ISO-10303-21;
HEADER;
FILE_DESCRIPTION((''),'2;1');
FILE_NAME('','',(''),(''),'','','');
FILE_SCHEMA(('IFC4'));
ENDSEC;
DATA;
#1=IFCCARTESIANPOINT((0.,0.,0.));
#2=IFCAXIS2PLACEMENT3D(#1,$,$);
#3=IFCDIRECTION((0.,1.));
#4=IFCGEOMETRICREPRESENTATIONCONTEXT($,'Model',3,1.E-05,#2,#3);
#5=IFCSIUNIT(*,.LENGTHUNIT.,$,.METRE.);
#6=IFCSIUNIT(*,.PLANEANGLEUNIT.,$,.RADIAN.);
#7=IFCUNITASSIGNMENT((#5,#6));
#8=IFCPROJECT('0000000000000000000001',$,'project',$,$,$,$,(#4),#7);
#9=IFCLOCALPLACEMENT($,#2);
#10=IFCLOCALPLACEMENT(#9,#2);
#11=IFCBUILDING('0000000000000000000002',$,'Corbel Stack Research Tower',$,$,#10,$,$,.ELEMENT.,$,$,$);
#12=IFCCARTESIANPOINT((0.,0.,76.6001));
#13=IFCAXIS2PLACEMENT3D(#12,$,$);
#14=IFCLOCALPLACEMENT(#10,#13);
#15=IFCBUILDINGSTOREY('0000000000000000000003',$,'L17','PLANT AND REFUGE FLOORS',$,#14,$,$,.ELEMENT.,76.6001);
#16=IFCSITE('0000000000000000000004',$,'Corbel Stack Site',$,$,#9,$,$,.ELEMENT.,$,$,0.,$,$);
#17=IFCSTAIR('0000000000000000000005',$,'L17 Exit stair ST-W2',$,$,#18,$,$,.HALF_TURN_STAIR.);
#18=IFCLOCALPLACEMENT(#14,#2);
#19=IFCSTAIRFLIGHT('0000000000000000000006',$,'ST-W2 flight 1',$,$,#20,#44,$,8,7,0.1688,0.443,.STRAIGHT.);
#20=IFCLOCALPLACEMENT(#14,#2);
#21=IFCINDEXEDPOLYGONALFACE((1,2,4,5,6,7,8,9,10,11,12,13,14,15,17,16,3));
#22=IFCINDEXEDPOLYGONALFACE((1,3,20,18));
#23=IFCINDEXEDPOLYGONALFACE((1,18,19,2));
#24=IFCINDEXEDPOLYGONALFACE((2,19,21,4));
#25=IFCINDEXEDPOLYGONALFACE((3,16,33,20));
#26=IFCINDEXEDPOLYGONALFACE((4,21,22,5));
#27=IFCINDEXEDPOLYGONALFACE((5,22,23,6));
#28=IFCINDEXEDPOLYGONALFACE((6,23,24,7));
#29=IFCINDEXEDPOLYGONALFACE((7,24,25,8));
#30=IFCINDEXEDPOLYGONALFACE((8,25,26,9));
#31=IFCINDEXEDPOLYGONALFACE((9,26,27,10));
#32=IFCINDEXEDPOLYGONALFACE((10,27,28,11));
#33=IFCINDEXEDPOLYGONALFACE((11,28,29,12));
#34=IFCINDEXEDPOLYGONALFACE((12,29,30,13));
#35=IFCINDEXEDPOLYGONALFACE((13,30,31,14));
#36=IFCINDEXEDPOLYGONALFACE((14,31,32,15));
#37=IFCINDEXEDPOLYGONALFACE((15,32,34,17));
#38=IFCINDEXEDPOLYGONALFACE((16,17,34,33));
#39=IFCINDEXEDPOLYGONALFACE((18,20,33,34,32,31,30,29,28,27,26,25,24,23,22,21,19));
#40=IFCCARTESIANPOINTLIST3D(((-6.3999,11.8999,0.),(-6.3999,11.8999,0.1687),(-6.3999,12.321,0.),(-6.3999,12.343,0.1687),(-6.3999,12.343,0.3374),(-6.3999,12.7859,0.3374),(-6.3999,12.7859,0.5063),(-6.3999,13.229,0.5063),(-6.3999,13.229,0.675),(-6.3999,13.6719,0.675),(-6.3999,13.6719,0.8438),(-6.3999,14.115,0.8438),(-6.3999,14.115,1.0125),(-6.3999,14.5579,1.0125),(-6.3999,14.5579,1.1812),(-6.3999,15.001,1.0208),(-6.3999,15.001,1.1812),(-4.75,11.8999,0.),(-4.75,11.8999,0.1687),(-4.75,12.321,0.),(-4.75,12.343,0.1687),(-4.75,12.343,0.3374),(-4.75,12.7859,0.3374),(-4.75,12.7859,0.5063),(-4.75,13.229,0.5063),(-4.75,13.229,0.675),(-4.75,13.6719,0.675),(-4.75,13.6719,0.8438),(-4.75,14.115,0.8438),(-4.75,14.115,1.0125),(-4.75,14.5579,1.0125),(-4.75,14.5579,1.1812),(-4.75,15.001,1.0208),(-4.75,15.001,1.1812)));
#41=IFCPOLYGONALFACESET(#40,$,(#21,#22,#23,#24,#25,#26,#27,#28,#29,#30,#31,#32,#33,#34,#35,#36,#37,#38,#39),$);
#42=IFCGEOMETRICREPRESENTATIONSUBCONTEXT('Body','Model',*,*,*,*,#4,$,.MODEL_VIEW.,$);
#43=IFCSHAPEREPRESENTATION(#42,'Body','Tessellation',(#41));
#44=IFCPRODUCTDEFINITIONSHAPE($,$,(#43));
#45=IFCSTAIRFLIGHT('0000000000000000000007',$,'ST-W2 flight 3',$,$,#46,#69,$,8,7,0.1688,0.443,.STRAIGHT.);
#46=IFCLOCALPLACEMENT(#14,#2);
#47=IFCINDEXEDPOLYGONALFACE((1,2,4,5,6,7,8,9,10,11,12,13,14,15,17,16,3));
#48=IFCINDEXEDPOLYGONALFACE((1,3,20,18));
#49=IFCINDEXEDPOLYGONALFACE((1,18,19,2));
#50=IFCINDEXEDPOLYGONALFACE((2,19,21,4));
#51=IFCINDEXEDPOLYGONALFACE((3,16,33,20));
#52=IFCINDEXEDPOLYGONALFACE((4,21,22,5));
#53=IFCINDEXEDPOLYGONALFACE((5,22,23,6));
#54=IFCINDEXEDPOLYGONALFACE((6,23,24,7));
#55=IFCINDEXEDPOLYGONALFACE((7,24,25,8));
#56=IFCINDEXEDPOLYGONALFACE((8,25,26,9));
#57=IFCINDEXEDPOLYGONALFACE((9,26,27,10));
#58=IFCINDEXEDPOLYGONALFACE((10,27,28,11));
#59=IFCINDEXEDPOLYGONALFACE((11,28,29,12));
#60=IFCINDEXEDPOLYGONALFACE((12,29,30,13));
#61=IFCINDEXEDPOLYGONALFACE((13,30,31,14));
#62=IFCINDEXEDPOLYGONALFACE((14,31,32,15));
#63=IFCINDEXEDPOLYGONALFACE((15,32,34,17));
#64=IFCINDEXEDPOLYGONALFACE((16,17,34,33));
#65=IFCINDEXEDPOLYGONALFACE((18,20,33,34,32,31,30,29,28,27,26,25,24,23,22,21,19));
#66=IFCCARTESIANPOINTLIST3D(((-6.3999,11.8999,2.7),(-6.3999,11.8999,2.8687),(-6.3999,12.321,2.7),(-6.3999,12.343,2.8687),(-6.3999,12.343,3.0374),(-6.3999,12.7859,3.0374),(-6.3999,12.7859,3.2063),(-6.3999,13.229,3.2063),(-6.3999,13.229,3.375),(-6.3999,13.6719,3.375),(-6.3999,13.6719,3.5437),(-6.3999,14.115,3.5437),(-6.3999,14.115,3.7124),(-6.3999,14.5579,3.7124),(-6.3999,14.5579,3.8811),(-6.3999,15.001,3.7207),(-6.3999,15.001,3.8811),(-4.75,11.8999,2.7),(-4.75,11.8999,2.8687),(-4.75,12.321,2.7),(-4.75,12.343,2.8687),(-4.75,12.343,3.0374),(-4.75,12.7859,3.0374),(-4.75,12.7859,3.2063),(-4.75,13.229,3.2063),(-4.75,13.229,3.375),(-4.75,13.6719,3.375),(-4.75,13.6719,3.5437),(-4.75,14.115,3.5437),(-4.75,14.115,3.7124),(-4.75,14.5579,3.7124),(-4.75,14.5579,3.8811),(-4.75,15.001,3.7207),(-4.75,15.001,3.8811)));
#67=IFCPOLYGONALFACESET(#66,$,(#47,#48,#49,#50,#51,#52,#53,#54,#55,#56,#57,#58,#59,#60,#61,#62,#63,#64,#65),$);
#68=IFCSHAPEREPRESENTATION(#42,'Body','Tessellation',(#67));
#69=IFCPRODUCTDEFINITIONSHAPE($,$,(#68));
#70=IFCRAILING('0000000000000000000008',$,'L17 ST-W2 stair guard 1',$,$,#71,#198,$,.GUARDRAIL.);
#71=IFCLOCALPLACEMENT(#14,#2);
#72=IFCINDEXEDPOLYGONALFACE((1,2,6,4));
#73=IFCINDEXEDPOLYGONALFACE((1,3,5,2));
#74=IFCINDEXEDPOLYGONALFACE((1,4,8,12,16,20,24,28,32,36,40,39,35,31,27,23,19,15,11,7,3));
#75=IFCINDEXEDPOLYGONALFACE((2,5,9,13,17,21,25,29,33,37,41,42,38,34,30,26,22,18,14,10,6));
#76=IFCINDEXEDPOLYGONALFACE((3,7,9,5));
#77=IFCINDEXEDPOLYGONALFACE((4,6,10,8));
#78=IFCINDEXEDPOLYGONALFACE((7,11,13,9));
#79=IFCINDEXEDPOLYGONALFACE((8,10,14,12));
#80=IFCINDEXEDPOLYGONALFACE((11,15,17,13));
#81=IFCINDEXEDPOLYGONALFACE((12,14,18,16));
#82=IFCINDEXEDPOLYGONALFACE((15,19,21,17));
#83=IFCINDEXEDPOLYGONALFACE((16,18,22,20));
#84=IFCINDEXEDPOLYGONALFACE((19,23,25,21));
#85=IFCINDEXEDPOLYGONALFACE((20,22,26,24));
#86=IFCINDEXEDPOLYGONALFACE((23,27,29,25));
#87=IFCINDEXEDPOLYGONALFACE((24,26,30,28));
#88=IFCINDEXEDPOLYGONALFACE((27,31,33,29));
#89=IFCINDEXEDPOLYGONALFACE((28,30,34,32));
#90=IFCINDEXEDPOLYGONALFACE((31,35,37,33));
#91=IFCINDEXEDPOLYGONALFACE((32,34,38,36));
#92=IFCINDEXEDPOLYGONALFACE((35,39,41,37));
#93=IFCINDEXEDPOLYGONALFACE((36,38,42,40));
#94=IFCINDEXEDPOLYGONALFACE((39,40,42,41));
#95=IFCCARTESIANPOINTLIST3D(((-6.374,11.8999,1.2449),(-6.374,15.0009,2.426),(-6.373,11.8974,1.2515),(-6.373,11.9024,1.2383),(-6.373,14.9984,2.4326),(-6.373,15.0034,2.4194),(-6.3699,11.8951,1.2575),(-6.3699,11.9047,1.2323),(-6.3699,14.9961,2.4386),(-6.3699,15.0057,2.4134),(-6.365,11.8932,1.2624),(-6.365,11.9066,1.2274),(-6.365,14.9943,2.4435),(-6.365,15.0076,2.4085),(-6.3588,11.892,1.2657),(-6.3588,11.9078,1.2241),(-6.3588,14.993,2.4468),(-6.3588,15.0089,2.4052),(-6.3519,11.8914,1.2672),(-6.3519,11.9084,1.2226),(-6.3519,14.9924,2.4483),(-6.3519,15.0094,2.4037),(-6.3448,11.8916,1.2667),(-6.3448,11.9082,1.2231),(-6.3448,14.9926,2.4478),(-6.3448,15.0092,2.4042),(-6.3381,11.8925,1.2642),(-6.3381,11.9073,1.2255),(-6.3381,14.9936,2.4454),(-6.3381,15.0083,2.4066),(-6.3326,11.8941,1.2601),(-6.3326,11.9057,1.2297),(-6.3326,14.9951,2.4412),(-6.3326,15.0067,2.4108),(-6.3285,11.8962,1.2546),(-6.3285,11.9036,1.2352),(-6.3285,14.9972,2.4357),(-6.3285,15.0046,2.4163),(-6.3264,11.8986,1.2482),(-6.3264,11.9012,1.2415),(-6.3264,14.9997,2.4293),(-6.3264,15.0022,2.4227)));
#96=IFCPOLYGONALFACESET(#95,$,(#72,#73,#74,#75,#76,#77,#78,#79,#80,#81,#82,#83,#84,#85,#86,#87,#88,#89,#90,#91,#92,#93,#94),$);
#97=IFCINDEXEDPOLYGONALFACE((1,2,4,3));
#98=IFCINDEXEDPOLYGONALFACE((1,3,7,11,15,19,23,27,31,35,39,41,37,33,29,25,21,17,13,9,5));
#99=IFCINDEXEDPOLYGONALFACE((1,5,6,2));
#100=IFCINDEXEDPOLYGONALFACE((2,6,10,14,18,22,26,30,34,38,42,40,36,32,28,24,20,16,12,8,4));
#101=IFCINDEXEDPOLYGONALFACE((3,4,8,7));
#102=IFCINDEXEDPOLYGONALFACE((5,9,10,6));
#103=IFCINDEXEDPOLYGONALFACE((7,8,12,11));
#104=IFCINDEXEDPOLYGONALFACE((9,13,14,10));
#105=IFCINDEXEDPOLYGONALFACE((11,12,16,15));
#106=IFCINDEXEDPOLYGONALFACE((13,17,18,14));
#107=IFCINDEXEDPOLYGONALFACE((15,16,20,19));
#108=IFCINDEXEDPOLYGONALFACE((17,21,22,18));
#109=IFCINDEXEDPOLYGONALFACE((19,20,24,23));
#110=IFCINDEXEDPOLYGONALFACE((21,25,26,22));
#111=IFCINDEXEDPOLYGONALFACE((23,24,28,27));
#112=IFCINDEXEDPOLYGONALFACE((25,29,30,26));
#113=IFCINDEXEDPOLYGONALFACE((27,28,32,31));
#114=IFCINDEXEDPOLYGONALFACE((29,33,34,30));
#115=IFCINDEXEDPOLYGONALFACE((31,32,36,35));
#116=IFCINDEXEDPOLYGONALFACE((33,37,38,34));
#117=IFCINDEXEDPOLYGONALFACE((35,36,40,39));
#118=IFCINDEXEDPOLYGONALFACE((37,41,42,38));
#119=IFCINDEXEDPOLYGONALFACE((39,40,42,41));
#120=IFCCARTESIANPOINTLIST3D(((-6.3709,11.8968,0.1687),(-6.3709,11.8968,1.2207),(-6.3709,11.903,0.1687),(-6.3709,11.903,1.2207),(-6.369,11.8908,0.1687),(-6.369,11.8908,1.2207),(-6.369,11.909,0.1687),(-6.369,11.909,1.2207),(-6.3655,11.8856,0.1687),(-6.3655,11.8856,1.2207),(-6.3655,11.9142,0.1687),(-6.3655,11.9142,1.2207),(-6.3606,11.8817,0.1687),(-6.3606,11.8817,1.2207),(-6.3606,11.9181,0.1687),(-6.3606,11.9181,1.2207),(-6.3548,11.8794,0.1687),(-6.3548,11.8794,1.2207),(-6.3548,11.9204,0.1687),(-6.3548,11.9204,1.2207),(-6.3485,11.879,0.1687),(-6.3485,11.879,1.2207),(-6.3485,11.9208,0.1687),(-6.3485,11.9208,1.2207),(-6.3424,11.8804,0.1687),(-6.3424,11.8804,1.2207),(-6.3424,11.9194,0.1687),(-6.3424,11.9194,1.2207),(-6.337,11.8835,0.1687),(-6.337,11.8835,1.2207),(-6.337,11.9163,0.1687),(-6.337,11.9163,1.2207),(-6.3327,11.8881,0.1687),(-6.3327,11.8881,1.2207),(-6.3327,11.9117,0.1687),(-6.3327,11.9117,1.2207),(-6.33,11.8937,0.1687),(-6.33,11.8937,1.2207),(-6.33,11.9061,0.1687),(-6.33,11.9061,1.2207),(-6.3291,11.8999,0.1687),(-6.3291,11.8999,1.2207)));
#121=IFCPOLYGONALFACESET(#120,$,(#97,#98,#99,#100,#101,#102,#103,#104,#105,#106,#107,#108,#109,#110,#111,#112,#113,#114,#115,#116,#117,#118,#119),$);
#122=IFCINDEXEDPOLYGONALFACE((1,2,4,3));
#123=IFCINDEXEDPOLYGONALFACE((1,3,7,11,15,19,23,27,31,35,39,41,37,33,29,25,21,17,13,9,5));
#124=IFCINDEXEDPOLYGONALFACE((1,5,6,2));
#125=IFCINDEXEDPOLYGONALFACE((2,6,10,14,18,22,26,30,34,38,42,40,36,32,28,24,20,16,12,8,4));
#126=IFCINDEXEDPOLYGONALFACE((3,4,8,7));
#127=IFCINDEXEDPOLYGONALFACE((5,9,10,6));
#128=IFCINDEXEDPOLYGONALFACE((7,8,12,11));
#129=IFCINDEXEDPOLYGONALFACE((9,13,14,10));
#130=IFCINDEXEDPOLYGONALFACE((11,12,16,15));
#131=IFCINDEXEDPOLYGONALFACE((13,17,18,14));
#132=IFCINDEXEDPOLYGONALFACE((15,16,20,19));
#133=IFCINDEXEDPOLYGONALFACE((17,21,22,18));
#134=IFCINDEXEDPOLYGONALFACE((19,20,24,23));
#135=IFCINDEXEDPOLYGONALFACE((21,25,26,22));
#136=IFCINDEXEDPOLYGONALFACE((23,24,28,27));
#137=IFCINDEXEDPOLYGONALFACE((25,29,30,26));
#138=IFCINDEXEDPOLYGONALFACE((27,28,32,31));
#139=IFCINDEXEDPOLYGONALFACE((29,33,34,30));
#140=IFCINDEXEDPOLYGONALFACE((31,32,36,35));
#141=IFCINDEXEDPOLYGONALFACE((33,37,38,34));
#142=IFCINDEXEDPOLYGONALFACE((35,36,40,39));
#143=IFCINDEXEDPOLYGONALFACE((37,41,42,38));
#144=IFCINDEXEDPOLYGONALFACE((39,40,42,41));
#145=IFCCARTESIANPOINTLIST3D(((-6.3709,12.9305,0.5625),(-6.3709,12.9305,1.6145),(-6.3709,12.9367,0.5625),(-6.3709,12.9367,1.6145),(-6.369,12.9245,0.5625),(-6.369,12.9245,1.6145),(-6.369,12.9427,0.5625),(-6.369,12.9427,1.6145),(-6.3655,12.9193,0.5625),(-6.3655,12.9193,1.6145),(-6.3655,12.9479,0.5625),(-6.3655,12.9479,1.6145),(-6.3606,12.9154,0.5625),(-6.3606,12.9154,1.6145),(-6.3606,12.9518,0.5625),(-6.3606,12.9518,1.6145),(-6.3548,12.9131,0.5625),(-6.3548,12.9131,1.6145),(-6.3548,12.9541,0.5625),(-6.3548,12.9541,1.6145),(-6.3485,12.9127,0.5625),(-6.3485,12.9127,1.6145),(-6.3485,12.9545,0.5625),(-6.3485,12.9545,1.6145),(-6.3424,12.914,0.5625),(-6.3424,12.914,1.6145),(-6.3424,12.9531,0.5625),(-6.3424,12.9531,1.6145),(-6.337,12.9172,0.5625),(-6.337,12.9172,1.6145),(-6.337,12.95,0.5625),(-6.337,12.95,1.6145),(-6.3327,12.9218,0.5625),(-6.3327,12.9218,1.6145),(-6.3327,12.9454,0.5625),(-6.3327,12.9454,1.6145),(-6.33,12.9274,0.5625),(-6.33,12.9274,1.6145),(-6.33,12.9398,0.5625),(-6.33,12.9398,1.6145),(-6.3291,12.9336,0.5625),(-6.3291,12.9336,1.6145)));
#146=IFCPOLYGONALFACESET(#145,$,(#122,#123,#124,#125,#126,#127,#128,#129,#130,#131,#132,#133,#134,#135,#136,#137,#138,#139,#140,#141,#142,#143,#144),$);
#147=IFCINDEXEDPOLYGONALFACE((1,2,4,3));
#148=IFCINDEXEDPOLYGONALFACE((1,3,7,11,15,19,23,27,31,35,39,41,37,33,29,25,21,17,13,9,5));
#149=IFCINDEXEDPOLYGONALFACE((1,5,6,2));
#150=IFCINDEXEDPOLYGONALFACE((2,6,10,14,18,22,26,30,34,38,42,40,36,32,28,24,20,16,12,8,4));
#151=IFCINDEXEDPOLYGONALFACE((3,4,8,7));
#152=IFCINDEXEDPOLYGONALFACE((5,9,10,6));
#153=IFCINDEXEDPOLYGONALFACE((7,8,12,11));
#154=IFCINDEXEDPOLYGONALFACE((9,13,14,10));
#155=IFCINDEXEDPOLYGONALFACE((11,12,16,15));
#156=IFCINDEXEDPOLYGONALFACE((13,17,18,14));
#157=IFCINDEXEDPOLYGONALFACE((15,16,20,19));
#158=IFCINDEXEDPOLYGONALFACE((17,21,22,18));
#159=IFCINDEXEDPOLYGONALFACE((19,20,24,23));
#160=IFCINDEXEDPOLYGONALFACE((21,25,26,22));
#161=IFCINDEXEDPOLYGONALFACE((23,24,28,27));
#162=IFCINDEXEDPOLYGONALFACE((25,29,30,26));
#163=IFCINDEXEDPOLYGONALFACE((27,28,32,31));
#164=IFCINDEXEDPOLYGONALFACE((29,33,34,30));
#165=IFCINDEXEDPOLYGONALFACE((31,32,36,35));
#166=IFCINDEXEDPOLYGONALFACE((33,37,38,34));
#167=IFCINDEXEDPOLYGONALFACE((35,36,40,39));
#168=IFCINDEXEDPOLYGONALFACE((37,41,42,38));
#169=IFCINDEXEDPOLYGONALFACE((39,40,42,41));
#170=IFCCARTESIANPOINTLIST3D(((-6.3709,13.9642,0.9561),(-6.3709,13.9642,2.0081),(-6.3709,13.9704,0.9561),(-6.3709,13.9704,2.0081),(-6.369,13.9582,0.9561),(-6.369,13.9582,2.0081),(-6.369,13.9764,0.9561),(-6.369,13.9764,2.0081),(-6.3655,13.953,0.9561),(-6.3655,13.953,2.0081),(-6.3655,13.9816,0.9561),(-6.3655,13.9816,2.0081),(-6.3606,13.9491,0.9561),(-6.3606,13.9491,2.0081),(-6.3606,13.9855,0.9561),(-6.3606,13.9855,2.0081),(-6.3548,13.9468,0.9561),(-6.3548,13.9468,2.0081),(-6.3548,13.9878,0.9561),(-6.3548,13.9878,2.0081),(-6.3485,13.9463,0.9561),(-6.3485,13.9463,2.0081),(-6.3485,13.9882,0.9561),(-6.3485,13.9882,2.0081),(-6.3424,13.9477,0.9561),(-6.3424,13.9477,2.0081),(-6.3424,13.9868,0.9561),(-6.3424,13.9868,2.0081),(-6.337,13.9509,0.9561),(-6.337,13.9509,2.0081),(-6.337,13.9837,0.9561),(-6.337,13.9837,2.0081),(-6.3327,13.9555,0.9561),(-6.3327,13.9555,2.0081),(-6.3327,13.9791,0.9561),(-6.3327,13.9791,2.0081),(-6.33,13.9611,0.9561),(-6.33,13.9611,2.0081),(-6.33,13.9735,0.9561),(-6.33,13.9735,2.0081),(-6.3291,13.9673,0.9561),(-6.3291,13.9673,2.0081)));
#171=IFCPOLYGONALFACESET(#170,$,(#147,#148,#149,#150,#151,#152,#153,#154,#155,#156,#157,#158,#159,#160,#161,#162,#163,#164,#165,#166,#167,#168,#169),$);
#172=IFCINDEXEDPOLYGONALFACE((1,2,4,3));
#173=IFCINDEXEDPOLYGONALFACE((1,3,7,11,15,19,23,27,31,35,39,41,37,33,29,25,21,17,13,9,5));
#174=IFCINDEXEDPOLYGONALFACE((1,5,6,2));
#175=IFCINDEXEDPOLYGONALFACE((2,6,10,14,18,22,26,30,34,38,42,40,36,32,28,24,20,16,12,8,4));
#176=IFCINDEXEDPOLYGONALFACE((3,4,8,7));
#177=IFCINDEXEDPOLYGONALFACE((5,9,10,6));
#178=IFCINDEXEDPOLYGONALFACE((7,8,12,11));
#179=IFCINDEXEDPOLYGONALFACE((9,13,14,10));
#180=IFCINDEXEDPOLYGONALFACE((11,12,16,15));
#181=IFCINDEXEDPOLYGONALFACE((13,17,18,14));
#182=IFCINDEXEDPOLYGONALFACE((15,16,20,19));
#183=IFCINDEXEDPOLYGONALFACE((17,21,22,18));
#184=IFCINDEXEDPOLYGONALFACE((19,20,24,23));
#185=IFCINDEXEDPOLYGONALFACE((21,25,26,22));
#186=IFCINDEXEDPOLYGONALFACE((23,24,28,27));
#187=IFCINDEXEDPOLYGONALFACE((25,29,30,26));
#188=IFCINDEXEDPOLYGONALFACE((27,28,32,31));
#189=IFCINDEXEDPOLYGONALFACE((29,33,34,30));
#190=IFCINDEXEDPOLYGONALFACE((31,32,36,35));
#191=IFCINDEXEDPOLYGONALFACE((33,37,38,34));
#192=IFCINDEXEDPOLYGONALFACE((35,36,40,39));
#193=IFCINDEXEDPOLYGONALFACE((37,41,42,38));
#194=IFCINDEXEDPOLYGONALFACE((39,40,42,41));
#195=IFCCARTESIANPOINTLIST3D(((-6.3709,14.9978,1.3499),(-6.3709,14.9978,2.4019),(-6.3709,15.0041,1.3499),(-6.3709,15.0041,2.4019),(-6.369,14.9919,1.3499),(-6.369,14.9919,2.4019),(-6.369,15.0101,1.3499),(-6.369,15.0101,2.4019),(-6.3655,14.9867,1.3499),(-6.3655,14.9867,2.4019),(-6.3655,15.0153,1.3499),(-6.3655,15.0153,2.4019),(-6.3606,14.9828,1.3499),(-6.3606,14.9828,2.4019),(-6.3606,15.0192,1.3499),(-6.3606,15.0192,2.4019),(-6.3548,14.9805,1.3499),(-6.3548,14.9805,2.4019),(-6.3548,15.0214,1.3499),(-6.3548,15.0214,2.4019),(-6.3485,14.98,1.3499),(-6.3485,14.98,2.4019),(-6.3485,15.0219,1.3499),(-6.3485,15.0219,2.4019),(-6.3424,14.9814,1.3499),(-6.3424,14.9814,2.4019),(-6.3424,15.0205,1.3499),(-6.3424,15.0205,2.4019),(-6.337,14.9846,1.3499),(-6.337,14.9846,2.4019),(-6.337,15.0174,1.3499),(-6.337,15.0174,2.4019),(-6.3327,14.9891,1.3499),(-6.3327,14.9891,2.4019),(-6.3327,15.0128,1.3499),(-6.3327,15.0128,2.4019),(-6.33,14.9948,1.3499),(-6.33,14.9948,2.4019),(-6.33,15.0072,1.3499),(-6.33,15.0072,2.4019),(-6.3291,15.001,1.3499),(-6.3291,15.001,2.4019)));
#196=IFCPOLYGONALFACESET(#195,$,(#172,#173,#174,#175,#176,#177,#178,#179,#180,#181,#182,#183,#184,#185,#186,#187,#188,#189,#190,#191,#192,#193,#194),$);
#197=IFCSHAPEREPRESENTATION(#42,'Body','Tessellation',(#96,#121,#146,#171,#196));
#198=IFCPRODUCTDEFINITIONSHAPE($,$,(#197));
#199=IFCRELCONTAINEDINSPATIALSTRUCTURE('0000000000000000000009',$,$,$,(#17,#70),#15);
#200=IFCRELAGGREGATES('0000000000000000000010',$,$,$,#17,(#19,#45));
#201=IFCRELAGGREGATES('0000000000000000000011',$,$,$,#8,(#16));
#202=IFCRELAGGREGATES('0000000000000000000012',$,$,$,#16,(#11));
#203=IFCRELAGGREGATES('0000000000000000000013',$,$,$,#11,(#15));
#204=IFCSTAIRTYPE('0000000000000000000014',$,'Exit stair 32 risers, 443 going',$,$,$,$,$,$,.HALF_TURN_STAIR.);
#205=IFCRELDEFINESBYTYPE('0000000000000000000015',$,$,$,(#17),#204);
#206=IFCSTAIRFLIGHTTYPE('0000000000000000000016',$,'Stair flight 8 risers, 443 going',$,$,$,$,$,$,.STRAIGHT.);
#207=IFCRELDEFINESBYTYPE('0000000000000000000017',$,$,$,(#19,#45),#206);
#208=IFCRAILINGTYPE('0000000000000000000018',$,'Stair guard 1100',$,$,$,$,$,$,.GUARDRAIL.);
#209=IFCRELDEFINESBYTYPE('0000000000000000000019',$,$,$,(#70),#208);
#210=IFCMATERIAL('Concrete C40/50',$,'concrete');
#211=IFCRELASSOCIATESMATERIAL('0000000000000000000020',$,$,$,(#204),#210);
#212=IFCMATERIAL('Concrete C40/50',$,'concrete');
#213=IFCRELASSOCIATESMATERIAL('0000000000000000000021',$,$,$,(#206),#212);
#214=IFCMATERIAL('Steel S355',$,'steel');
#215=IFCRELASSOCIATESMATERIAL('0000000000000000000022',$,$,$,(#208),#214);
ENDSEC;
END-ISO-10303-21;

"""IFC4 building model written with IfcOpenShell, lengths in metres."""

from ifc_helpers import new_model, si_unit, direction, frame, origin, origin_2d, place, context, subcontext, project, spatial, polyline, circle, outline, extrude, material, type_object, element, aggregate, save


model = new_model("IFC4")

# Units and contexts
model_context = context("Model", 3, precision=1e-05, world=origin(), true_north=direction((0.0, 1.0)))
body_context = subcontext(model_context, "Body", "Model", "MODEL_VIEW")
ifc_project = project(units=[si_unit("LENGTHUNIT", "METRE"), si_unit("PLANEANGLEUNIT", "RADIAN")], contexts=[model_context])

# Site, building, storey
site_placement = place(None, origin())
site = spatial("IfcSite", under=ifc_project, at=site_placement, Name="Corbel Stack Site", CompositionType="ELEMENT", RefElevation=0.0)
building_placement = place(site_placement, origin())
building = spatial("IfcBuilding", under=site, at=building_placement, Name="Corbel Stack Research Tower", CompositionType="ELEMENT")
storey_placement = place(building_placement, frame((0.0, 0.0, 76.6001)))
storey = spatial("IfcBuildingStorey", under=building, at=storey_placement, Name="L17", Description="PLANT AND REFUGE FLOORS", CompositionType="ELEMENT", Elevation=76.6001)

# Stair, stair flights
ifc_material_1 = material(Name="Concrete C40/50", Category="concrete")
stair_type = type_object("IfcStairType", Name="Exit stair 32 risers, 443 going", PredefinedType="HALF_TURN_STAIR", material=ifc_material_1)
stair_placement = place(storey_placement, origin())
stair = element("IfcStair", 1, at=stair_placement, inside=storey, type_object=stair_type, Name="L17 Exit stair ST-W2", PredefinedType="HALF_TURN_STAIR")
ifc_material_2 = material(Name="Concrete C40/50", Category="concrete")
stair_flight_type = type_object("IfcStairFlightType", Name="Stair flight 8 risers, 443 going", PredefinedType="STRAIGHT", material=ifc_material_2)
stair_flight_1_placement = place(storey_placement, frame((-5.575, 11.8999, 0.0), z_axis=(0.0, 0.0, 1.0), x_axis=(0.0, 1.0, 0.0)))
stair_flight_1 = element("IfcStairFlight", 2, at=stair_flight_1_placement, type_object=stair_flight_type, Name="ST-W2 flight 1", NumberOfRisers=8, NumberOfTreads=7, PredefinedType="STRAIGHT", RiserHeight=0.1688, TreadLength=0.443, context=body_context, shape_type="SweptSolid", body=[
    extrude(outline(polyline([(0.0, 0.0), (0.0, 0.1687), (0.4431, 0.1687), (0.4431, 0.3374), (0.886, 0.3374), (0.886, 0.5063), (1.3291, 0.5063), (1.3291, 0.675), (1.772, 0.675), (1.772, 0.8438), (2.2151, 0.8438), (2.2151, 1.0125), (2.658, 1.0125), (2.658, 1.1812), (3.1011, 1.1812), (3.1011, 1.3501), (3.1011, 1.0208), (0.4211, 0.0), (0.0, 0.0)])), frame((0.0, 0.825, 0.0), z_axis=(0.0, -1.0, 0.0), x_axis=(1.0, 0.0, 0.0)), (0.0, 0.0, 1.0), 1.6499),
])
stair_flight_2_placement = place(storey_placement, frame((-5.575, 11.8999, 2.7), z_axis=(0.0, 0.0, 1.0), x_axis=(0.0, 1.0, 0.0)))
stair_flight_2 = element("IfcStairFlight", 3, at=stair_flight_2_placement, type_object=stair_flight_type, Name="ST-W2 flight 3", NumberOfRisers=8, NumberOfTreads=7, PredefinedType="STRAIGHT", RiserHeight=0.1688, TreadLength=0.443, context=body_context, shape_type="SweptSolid", body=[
    extrude(outline(polyline([(0.0, 0.0), (0.0, 0.1687), (0.4431, 0.1687), (0.4431, 0.3374), (0.886, 0.3374), (0.886, 0.5063), (1.3291, 0.5063), (1.3291, 0.675), (1.772, 0.675), (1.772, 0.8438), (2.2151, 0.8438), (2.2151, 1.0125), (2.658, 1.0125), (2.658, 1.1812), (3.1011, 1.1812), (3.1011, 1.3501), (3.1011, 1.0208), (0.4211, 0.0), (0.0, 0.0)])), frame((0.0, 0.825, 0.0), z_axis=(0.0, -1.0, 0.0), x_axis=(1.0, 0.0, 0.0)), (0.0, 0.0, 1.0), 1.6499),
])
aggregate(stair, [stair_flight_1, stair_flight_2])

# Railing
ifc_material_3 = material(Name="Steel S355", Category="steel")
railing_type_1 = type_object("IfcRailingType", Name="Stair guard 1100", PredefinedType="GUARDRAIL", material=ifc_material_3)
railing_1_placement = place(storey_placement, frame((-6.3501, 11.8999, 0.1687)))
element("IfcRailing", 4, at=railing_1_placement, inside=storey, type_object=railing_type_1, Name="L17 ST-W2 stair guard 1", PredefinedType="GUARDRAIL", context=body_context, shape_type="SweptSolid", body=[
    extrude(circle(Radius=0.0239, at=origin_2d()), frame((0.0, 0.0, 1.0762), z_axis=(0.0, 0.934509, 0.35594), x_axis=(-1.0, 0.0, 0.0)), (0.0, 0.0, 1.0), 3.3184),
    extrude(circle(Radius=0.021, at=origin_2d()), origin(), (0.0, 0.0, 1.0), 1.052),
    extrude(circle(Radius=0.021, at=origin_2d()), frame((0.0, 1.0337, 0.3938)), (0.0, 0.0, 1.0), 1.052),
    extrude(circle(Radius=0.021, at=origin_2d()), frame((0.0, 2.0674, 0.7874)), (0.0, 0.0, 1.0), 1.052),
    extrude(circle(Radius=0.021, at=origin_2d()), frame((0.0, 3.1011, 1.1812)), (0.0, 0.0, 1.0), 1.052),
])

save(model, "model.ifc")
